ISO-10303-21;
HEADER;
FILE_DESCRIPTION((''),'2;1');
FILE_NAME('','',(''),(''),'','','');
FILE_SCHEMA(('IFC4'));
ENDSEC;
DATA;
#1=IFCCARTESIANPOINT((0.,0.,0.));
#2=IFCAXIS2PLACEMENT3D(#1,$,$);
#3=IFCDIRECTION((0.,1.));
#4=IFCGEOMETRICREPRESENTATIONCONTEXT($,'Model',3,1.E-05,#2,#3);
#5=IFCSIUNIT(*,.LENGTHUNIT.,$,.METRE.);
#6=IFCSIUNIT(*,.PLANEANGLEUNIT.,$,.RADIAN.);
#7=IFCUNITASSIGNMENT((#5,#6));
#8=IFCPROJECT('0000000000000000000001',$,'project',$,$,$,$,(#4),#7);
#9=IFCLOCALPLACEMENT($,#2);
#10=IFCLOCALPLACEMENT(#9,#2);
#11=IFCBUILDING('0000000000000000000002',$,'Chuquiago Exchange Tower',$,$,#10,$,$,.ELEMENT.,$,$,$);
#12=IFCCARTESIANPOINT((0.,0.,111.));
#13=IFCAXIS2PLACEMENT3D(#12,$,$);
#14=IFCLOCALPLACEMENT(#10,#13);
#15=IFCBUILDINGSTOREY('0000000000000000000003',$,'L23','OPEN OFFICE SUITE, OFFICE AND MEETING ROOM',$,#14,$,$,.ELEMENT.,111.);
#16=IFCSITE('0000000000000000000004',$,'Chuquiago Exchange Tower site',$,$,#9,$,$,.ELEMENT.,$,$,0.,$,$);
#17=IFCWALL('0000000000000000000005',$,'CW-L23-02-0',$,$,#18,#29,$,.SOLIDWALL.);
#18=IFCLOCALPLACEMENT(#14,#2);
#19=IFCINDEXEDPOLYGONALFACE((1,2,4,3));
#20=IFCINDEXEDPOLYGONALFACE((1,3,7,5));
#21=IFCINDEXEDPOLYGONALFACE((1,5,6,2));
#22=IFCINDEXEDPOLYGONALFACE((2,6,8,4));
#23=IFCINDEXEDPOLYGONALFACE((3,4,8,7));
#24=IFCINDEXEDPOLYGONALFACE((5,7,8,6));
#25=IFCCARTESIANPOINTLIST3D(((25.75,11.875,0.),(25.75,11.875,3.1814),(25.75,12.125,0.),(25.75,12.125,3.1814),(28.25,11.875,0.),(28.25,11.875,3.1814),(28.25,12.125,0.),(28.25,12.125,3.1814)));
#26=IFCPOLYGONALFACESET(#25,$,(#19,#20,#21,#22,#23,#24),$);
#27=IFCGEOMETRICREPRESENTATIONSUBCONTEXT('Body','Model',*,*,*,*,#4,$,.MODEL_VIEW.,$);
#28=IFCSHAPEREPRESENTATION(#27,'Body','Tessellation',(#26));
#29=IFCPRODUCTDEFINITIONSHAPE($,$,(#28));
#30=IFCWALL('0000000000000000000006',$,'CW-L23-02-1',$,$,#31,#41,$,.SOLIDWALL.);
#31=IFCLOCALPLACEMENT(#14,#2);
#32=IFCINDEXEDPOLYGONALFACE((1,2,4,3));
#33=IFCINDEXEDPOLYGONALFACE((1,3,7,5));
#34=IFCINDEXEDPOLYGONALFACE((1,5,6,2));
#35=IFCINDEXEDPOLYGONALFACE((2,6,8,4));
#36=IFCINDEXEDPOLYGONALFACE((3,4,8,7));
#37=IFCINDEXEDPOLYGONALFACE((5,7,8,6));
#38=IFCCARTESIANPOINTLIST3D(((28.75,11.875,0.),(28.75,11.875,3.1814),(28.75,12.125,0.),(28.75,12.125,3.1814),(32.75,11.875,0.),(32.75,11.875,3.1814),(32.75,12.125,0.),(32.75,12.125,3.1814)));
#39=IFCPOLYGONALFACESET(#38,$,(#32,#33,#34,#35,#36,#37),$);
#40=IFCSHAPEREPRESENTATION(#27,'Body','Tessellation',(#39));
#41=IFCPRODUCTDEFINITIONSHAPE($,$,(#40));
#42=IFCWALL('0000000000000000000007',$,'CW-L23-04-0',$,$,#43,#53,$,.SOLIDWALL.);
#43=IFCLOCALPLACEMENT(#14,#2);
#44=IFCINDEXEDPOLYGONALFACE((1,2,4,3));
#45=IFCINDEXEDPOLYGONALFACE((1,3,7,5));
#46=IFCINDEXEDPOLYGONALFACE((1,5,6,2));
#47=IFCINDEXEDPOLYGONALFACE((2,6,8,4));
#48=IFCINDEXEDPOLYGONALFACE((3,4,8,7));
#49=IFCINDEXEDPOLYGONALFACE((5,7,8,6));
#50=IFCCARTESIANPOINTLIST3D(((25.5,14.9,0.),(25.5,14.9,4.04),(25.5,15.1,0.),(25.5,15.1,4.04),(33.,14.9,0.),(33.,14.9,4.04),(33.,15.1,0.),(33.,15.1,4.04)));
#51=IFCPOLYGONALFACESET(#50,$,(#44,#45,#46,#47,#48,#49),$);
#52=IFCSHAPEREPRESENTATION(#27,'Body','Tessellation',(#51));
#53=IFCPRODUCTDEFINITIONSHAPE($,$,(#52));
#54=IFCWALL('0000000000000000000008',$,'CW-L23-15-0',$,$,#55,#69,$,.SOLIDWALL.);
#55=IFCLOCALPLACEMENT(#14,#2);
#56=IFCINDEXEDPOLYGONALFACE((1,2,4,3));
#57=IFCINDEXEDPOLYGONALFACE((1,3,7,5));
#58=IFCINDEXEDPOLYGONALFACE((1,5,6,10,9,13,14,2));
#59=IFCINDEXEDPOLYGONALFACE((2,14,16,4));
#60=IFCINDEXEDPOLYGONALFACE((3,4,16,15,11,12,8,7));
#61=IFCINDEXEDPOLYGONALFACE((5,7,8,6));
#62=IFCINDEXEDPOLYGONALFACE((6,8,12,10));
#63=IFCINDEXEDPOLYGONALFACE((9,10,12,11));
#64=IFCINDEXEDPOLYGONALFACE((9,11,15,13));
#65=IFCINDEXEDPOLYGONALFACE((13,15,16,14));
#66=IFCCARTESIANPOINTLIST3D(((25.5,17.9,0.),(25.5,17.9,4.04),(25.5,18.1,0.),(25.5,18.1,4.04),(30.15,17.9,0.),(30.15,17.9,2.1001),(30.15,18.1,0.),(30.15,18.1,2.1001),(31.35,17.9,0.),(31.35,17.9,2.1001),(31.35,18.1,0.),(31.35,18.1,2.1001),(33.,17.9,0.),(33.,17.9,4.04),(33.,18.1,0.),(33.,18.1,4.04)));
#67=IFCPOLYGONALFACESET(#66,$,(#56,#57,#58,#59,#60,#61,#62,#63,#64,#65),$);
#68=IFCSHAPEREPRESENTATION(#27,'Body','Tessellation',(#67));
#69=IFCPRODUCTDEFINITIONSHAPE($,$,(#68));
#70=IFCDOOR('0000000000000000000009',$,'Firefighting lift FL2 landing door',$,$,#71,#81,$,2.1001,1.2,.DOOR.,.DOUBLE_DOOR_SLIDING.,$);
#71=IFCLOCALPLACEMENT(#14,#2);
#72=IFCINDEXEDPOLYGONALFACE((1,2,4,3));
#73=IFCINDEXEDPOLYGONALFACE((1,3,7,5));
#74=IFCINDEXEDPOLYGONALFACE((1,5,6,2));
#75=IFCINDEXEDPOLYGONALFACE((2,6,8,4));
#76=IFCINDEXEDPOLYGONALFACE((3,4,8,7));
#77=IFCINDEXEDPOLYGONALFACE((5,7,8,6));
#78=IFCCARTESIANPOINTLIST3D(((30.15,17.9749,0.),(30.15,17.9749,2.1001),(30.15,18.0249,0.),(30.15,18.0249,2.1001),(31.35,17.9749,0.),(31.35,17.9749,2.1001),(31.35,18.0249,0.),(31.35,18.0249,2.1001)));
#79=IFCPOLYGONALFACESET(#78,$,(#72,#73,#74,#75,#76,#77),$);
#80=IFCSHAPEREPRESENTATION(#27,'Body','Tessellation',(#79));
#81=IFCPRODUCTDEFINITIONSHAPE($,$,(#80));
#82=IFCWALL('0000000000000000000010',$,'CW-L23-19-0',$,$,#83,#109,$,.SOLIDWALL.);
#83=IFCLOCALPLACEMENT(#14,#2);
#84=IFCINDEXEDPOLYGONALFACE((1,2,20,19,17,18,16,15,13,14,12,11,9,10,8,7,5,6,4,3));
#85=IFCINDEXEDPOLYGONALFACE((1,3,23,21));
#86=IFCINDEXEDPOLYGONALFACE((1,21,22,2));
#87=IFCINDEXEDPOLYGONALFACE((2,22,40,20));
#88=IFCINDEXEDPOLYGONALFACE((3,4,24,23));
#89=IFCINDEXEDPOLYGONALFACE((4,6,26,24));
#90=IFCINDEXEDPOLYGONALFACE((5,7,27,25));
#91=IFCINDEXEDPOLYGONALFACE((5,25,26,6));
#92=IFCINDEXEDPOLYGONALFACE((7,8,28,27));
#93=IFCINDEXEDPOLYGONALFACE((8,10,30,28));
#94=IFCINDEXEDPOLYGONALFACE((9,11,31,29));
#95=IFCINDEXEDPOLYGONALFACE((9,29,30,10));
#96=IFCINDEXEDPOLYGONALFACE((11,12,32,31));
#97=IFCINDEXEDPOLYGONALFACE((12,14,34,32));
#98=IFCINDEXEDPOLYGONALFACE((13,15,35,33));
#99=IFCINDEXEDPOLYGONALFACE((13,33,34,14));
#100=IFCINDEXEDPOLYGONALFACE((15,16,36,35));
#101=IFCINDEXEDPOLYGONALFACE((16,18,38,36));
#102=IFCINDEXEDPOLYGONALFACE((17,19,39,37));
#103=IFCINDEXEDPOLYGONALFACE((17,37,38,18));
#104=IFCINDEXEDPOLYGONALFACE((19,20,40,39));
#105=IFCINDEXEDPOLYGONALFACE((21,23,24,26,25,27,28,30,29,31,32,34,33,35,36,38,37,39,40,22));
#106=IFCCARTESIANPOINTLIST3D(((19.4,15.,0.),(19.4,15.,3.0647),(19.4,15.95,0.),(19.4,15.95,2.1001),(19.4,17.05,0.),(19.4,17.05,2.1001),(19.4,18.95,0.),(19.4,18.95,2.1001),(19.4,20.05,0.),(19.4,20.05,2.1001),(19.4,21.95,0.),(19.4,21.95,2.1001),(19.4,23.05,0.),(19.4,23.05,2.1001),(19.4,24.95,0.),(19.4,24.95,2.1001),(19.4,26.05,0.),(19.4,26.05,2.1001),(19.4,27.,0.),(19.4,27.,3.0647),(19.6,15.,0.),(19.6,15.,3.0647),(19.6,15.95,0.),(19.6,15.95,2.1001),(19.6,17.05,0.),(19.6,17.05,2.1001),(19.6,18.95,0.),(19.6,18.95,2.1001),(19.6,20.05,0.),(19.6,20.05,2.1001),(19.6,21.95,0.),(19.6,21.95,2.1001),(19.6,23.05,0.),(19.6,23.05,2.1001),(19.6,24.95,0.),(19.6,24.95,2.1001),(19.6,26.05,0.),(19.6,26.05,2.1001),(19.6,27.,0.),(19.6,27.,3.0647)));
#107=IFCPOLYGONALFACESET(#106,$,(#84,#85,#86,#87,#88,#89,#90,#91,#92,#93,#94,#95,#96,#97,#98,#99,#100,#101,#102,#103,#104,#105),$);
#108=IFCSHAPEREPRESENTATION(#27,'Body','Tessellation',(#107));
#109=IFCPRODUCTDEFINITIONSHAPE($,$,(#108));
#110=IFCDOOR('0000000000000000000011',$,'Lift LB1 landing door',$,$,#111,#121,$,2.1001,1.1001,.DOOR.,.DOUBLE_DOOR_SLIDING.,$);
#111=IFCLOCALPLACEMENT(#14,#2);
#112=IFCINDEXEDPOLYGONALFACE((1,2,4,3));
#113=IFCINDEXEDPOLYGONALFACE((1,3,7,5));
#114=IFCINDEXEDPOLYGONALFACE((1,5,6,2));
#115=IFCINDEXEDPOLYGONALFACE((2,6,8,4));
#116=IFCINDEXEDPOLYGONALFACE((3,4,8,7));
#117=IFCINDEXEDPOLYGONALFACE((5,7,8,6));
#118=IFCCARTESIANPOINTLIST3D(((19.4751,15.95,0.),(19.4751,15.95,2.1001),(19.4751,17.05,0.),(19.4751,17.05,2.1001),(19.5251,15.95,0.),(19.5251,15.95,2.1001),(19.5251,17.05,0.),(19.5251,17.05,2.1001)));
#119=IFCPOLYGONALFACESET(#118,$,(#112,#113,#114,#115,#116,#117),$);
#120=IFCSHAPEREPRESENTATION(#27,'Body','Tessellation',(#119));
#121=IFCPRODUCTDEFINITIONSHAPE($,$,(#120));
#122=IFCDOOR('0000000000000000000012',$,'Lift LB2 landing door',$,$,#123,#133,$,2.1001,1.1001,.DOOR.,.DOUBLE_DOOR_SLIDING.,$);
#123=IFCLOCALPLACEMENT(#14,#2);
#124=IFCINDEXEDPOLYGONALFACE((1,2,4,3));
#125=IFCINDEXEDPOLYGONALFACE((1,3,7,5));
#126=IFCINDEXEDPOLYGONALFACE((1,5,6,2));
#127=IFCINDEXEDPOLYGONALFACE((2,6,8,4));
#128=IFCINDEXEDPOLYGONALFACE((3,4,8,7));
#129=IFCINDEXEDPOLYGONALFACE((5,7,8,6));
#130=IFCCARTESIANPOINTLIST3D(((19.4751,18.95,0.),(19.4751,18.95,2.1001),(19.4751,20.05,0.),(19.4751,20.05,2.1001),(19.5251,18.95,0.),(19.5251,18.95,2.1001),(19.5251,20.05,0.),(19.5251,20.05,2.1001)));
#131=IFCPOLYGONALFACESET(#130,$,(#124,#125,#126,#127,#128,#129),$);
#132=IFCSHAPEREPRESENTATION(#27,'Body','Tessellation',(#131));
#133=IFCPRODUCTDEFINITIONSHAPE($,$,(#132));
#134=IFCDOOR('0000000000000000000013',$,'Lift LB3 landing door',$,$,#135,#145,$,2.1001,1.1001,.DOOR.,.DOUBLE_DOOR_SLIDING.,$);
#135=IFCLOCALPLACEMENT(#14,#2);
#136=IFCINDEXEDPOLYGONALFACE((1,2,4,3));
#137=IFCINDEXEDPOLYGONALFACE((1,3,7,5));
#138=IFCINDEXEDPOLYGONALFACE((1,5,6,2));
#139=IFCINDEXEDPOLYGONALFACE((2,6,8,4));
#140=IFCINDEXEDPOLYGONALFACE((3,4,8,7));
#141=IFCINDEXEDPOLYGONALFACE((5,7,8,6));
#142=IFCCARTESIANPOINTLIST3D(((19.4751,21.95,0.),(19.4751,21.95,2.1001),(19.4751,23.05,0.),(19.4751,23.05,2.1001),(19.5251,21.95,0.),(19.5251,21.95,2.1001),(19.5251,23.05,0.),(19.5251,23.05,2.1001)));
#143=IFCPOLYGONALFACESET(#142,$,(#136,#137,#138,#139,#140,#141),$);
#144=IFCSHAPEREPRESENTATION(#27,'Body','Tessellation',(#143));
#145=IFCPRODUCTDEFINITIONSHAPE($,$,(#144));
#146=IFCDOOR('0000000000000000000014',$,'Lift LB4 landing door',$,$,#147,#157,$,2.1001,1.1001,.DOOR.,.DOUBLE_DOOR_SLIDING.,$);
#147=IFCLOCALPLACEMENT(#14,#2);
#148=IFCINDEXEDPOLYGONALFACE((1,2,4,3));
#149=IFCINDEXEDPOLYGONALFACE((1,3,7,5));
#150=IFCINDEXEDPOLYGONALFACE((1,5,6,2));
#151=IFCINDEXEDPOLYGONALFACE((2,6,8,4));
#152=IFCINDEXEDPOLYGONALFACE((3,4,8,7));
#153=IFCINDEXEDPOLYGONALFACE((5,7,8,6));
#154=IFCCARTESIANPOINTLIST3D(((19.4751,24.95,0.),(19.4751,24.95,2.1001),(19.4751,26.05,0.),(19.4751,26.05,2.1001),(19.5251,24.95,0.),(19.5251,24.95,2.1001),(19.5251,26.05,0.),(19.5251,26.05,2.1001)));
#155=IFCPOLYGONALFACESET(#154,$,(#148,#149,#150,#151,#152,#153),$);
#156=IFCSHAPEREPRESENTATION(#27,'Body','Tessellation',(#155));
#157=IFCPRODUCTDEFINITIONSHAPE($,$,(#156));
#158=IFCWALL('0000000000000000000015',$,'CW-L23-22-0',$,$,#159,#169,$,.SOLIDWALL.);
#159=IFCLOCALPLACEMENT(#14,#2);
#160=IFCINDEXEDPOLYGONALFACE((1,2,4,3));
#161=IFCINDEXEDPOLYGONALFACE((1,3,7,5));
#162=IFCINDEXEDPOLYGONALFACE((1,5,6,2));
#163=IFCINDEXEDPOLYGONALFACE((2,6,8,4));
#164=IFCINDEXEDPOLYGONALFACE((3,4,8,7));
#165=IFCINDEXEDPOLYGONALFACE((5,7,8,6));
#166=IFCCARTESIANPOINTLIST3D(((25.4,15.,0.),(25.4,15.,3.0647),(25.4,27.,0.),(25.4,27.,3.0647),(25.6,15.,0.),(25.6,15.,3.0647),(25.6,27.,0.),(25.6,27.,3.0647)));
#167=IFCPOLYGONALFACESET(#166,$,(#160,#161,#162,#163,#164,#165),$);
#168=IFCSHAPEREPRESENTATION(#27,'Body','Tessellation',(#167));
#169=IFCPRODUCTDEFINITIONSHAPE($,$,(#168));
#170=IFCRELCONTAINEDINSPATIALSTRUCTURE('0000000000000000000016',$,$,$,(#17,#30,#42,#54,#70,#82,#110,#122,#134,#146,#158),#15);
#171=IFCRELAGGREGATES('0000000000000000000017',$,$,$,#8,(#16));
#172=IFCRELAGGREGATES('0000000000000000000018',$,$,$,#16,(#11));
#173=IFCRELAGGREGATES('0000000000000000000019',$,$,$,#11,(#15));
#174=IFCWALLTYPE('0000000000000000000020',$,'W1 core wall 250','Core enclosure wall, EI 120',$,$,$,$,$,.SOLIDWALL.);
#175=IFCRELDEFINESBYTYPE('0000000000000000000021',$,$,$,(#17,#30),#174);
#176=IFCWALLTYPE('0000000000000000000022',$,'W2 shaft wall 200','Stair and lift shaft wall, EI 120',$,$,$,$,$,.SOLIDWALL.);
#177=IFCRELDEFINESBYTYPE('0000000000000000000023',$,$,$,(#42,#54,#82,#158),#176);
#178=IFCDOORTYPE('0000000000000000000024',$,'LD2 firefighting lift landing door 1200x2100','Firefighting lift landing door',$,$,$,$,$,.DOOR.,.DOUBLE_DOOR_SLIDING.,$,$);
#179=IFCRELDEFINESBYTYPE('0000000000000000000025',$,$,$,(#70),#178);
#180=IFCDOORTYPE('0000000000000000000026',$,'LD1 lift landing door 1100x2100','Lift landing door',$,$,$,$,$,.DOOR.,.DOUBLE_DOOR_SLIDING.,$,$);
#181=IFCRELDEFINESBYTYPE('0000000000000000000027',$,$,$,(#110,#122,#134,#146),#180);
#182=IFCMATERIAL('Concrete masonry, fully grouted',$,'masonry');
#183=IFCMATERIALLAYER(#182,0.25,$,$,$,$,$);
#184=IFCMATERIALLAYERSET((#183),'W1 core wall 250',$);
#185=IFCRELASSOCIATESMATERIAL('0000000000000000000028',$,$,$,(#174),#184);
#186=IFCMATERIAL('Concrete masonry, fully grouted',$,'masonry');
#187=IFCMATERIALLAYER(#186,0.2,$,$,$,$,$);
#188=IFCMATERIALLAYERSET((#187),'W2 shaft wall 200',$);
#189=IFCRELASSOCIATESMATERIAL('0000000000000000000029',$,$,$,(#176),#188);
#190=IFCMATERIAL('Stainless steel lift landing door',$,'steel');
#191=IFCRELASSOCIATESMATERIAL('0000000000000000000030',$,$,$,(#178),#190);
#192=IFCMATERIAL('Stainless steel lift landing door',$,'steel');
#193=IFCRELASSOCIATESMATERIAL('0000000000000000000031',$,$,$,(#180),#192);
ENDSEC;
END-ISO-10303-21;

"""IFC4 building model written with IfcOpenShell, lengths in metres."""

from ifc_helpers import new_model, si_unit, direction, frame, frame_2d, origin, place, context, subcontext, project, spatial, rectangle, extrude, material, layer, layer_set, type_object, element, fill, save


model = new_model("IFC4")

# Units and contexts
model_context = context("Model", 3, precision=1e-05, world=origin(), true_north=direction((0.0, 1.0)))
body_context = subcontext(model_context, "Body", "Model", "MODEL_VIEW")
ifc_project = project(units=[si_unit("LENGTHUNIT", "METRE"), si_unit("PLANEANGLEUNIT", "RADIAN")], contexts=[model_context])

# Site, building, storey
site_placement = place(None, origin())
site = spatial("IfcSite", under=ifc_project, at=site_placement, Name="Chuquiago Exchange Tower site", CompositionType="ELEMENT", RefElevation=0.0)
building_placement = place(site_placement, origin())
building = spatial("IfcBuilding", under=site, at=building_placement, Name="Chuquiago Exchange Tower", CompositionType="ELEMENT")
storey_placement = place(building_placement, frame((0.0, 0.0, 111.0)))
storey = spatial("IfcBuildingStorey", under=building, at=storey_placement, Name="L23", Description="OPEN OFFICE SUITE, OFFICE AND MEETING ROOM", CompositionType="ELEMENT", Elevation=111.0)

# Walls
ifc_material_1 = material(Name="Concrete masonry, fully grouted", Category="masonry")
ifc_layer_1 = layer(ifc_material_1, 0.25)
ifc_layer_set_1 = layer_set([ifc_layer_1], Name="W1 core wall 250")
wall_type_1 = type_object("IfcWallType", Name="W1 core wall 250", Description="Core enclosure wall, EI 120", PredefinedType="SOLIDWALL", material=ifc_layer_set_1)
wall_1_placement = place(storey_placement, frame((25.75, 12.0, 0.0), z_axis=(0.0, 0.0, 1.0), x_axis=(1.0, 0.0, 0.0)))
element("IfcWall", 1, at=wall_1_placement, inside=storey, type_object=wall_type_1, Name="CW-L23-02-0", PredefinedType="SOLIDWALL", context=body_context, shape_type="SweptSolid", body=[
    extrude(rectangle(XDim=2.5, YDim=0.25, at=frame_2d((1.25, 0.0))), origin(), (0.0, 0.0, 1.0), 3.1814),
])
wall_2_placement = place(storey_placement, frame((28.75, 12.0, 0.0), z_axis=(0.0, 0.0, 1.0), x_axis=(1.0, 0.0, 0.0)))
element("IfcWall", 2, at=wall_2_placement, inside=storey, type_object=wall_type_1, Name="CW-L23-02-1", PredefinedType="SOLIDWALL", context=body_context, shape_type="SweptSolid", body=[
    extrude(rectangle(XDim=4.0, YDim=0.25, at=frame_2d((2.0, 0.0))), origin(), (0.0, 0.0, 1.0), 3.1814),
])
ifc_material_2 = material(Name="Concrete masonry, fully grouted", Category="masonry")
ifc_layer_2 = layer(ifc_material_2, 0.2)
ifc_layer_set_2 = layer_set([ifc_layer_2], Name="W2 shaft wall 200")
wall_type_2 = type_object("IfcWallType", Name="W2 shaft wall 200", Description="Stair and lift shaft wall, EI 120", PredefinedType="SOLIDWALL", material=ifc_layer_set_2)
wall_3_placement = place(storey_placement, frame((25.5, 15.0, 0.0), z_axis=(0.0, 0.0, 1.0), x_axis=(1.0, 0.0, 0.0)))
element("IfcWall", 3, at=wall_3_placement, inside=storey, type_object=wall_type_2, Name="CW-L23-04-0", PredefinedType="SOLIDWALL", context=body_context, shape_type="SweptSolid", body=[
    extrude(rectangle(XDim=7.5, YDim=0.2, at=frame_2d((3.75, 0.0))), origin(), (0.0, 0.0, 1.0), 4.04),
])

# Wall, opening, door
wall_4_placement = place(storey_placement, frame((25.5, 18.0, 0.0), z_axis=(0.0, 0.0, 1.0), x_axis=(1.0, 0.0, 0.0)))
wall_4 = element("IfcWall", 4, at=wall_4_placement, inside=storey, type_object=wall_type_2, Name="CW-L23-15-0", PredefinedType="SOLIDWALL", context=body_context, shape_type="SweptSolid", body=[
    extrude(rectangle(XDim=7.5, YDim=0.2, at=frame_2d((3.75, 0.0))), origin(), (0.0, 0.0, 1.0), 4.04),
])
opening_1_placement = place(wall_4_placement, frame((4.6499, 0.0, 0.0)))
opening_1 = element("IfcOpeningElement", 5, at=opening_1_placement, cuts=wall_4, PredefinedType="OPENING", context=body_context, shape_type="SweptSolid", body=[
    extrude(rectangle(XDim=1.2, YDim=2.1001, at=frame_2d((0.6001, 1.05))), frame((0.0, 0.1099, 0.0), z_axis=(0.0, -1.0, 0.0), x_axis=(1.0, 0.0, 0.0)), (0.0, 0.0, 1.0), 0.22),
])
ifc_material_3 = material(Name="Stainless steel lift landing door", Category="steel")
door_type_1 = type_object("IfcDoorType", Name="LD2 firefighting lift landing door 1200x2100", Description="Firefighting lift landing door", OperationType="DOUBLE_DOOR_SLIDING", PredefinedType="DOOR", material=ifc_material_3)
door_1_placement = place(opening_1_placement, origin())
door_1 = element("IfcDoor", 6, at=door_1_placement, inside=storey, type_object=door_type_1, Name="Firefighting lift FL2 landing door", OperationType="DOUBLE_DOOR_SLIDING", OverallHeight=2.1001, OverallWidth=1.2, PredefinedType="DOOR", context=body_context, shape_type="SweptSolid", body=[
    extrude(rectangle(XDim=1.2, YDim=2.1001, at=frame_2d((0.6001, 1.05))), frame((0.0, 0.0249, 0.0), z_axis=(0.0, -1.0, 0.0), x_axis=(1.0, 0.0, 0.0)), (0.0, 0.0, 1.0), 0.05),
])
fill(opening_1, door_1)

# Wall, openings, doors
wall_5_placement = place(storey_placement, frame((19.5, 15.0, 0.0), z_axis=(0.0, 0.0, 1.0), x_axis=(0.0, 1.0, 0.0)))
wall_5 = element("IfcWall", 7, at=wall_5_placement, inside=storey, type_object=wall_type_2, Name="CW-L23-19-0", PredefinedType="SOLIDWALL", context=body_context, shape_type="SweptSolid", body=[
    extrude(rectangle(XDim=12.0, YDim=0.2, at=frame_2d((6.0, 0.0))), origin(), (0.0, 0.0, 1.0), 3.0647),
])
opening_2_placement = place(wall_5_placement, frame((0.95, 0.0, 0.0)))
opening_2 = element("IfcOpeningElement", 8, at=opening_2_placement, cuts=wall_5, PredefinedType="OPENING", context=body_context, shape_type="SweptSolid", body=[
    extrude(rectangle(XDim=1.1001, YDim=2.1001, at=frame_2d((0.55, 1.05))), frame((0.0, 0.1099, 0.0), z_axis=(0.0, -1.0, 0.0), x_axis=(1.0, 0.0, 0.0)), (0.0, 0.0, 1.0), 0.22),
])
opening_3_placement = place(wall_5_placement, frame((3.95, 0.0, 0.0)))
opening_3 = element("IfcOpeningElement", 9, at=opening_3_placement, cuts=wall_5, PredefinedType="OPENING", context=body_context, shape_type="SweptSolid", body=[
    extrude(rectangle(XDim=1.1001, YDim=2.1001, at=frame_2d((0.55, 1.05))), frame((0.0, 0.1099, 0.0), z_axis=(0.0, -1.0, 0.0), x_axis=(1.0, 0.0, 0.0)), (0.0, 0.0, 1.0), 0.22),
])
opening_4_placement = place(wall_5_placement, frame((6.95, 0.0, 0.0)))
opening_4 = element("IfcOpeningElement", 10, at=opening_4_placement, cuts=wall_5, PredefinedType="OPENING", context=body_context, shape_type="SweptSolid", body=[
    extrude(rectangle(XDim=1.1001, YDim=2.1001, at=frame_2d((0.55, 1.05))), frame((0.0, 0.1099, 0.0), z_axis=(0.0, -1.0, 0.0), x_axis=(1.0, 0.0, 0.0)), (0.0, 0.0, 1.0), 0.22),
])
opening_5_placement = place(wall_5_placement, frame((9.95, 0.0, 0.0)))
opening_5 = element("IfcOpeningElement", 11, at=opening_5_placement, cuts=wall_5, PredefinedType="OPENING", context=body_context, shape_type="SweptSolid", body=[
    extrude(rectangle(XDim=1.1001, YDim=2.1001, at=frame_2d((0.55, 1.05))), frame((0.0, 0.1099, 0.0), z_axis=(0.0, -1.0, 0.0), x_axis=(1.0, 0.0, 0.0)), (0.0, 0.0, 1.0), 0.22),
])
ifc_material_4 = material(Name="Stainless steel lift landing door", Category="steel")
door_type_2 = type_object("IfcDoorType", Name="LD1 lift landing door 1100x2100", Description="Lift landing door", OperationType="DOUBLE_DOOR_SLIDING", PredefinedType="DOOR", material=ifc_material_4)
door_2_placement = place(opening_2_placement, origin())
door_2 = element("IfcDoor", 12, at=door_2_placement, inside=storey, type_object=door_type_2, Name="Lift LB1 landing door", OperationType="DOUBLE_DOOR_SLIDING", OverallHeight=2.1001, OverallWidth=1.1001, PredefinedType="DOOR", context=body_context, shape_type="SweptSolid", body=[
    extrude(rectangle(XDim=1.1001, YDim=2.1001, at=frame_2d((0.55, 1.05))), frame((0.0, 0.0249, 0.0), z_axis=(0.0, -1.0, 0.0), x_axis=(1.0, 0.0, 0.0)), (0.0, 0.0, 1.0), 0.05),
])
fill(opening_2, door_2)
door_3_placement = place(opening_3_placement, origin())
door_3 = element("IfcDoor", 13, at=door_3_placement, inside=storey, type_object=door_type_2, Name="Lift LB2 landing door", OperationType="DOUBLE_DOOR_SLIDING", OverallHeight=2.1001, OverallWidth=1.1001, PredefinedType="DOOR", context=body_context, shape_type="SweptSolid", body=[
    extrude(rectangle(XDim=1.1001, YDim=2.1001, at=frame_2d((0.55, 1.05))), frame((0.0, 0.0249, 0.0), z_axis=(0.0, -1.0, 0.0), x_axis=(1.0, 0.0, 0.0)), (0.0, 0.0, 1.0), 0.05),
])
fill(opening_3, door_3)
door_4_placement = place(opening_4_placement, origin())
door_4 = element("IfcDoor", 14, at=door_4_placement, inside=storey, type_object=door_type_2, Name="Lift LB3 landing door", OperationType="DOUBLE_DOOR_SLIDING", OverallHeight=2.1001, OverallWidth=1.1001, PredefinedType="DOOR", context=body_context, shape_type="SweptSolid", body=[
    extrude(rectangle(XDim=1.1001, YDim=2.1001, at=frame_2d((0.55, 1.05))), frame((0.0, 0.0249, 0.0), z_axis=(0.0, -1.0, 0.0), x_axis=(1.0, 0.0, 0.0)), (0.0, 0.0, 1.0), 0.05),
])
fill(opening_4, door_4)
door_5_placement = place(opening_5_placement, origin())
door_5 = element("IfcDoor", 15, at=door_5_placement, inside=storey, type_object=door_type_2, Name="Lift LB4 landing door", OperationType="DOUBLE_DOOR_SLIDING", OverallHeight=2.1001, OverallWidth=1.1001, PredefinedType="DOOR", context=body_context, shape_type="SweptSolid", body=[
    extrude(rectangle(XDim=1.1001, YDim=2.1001, at=frame_2d((0.55, 1.05))), frame((0.0, 0.0249, 0.0), z_axis=(0.0, -1.0, 0.0), x_axis=(1.0, 0.0, 0.0)), (0.0, 0.0, 1.0), 0.05),
])
fill(opening_5, door_5)

# Wall
wall_6_placement = place(storey_placement, frame((25.5, 15.0, 0.0), z_axis=(0.0, 0.0, 1.0), x_axis=(0.0, 1.0, 0.0)))
element("IfcWall", 16, at=wall_6_placement, inside=storey, type_object=wall_type_2, Name="CW-L23-22-0", PredefinedType="SOLIDWALL", context=body_context, shape_type="SweptSolid", body=[
    extrude(rectangle(XDim=12.0, YDim=0.2, at=frame_2d((6.0, 0.0))), origin(), (0.0, 0.0, 1.0), 3.0647),
])

save(model, "model.ifc")
